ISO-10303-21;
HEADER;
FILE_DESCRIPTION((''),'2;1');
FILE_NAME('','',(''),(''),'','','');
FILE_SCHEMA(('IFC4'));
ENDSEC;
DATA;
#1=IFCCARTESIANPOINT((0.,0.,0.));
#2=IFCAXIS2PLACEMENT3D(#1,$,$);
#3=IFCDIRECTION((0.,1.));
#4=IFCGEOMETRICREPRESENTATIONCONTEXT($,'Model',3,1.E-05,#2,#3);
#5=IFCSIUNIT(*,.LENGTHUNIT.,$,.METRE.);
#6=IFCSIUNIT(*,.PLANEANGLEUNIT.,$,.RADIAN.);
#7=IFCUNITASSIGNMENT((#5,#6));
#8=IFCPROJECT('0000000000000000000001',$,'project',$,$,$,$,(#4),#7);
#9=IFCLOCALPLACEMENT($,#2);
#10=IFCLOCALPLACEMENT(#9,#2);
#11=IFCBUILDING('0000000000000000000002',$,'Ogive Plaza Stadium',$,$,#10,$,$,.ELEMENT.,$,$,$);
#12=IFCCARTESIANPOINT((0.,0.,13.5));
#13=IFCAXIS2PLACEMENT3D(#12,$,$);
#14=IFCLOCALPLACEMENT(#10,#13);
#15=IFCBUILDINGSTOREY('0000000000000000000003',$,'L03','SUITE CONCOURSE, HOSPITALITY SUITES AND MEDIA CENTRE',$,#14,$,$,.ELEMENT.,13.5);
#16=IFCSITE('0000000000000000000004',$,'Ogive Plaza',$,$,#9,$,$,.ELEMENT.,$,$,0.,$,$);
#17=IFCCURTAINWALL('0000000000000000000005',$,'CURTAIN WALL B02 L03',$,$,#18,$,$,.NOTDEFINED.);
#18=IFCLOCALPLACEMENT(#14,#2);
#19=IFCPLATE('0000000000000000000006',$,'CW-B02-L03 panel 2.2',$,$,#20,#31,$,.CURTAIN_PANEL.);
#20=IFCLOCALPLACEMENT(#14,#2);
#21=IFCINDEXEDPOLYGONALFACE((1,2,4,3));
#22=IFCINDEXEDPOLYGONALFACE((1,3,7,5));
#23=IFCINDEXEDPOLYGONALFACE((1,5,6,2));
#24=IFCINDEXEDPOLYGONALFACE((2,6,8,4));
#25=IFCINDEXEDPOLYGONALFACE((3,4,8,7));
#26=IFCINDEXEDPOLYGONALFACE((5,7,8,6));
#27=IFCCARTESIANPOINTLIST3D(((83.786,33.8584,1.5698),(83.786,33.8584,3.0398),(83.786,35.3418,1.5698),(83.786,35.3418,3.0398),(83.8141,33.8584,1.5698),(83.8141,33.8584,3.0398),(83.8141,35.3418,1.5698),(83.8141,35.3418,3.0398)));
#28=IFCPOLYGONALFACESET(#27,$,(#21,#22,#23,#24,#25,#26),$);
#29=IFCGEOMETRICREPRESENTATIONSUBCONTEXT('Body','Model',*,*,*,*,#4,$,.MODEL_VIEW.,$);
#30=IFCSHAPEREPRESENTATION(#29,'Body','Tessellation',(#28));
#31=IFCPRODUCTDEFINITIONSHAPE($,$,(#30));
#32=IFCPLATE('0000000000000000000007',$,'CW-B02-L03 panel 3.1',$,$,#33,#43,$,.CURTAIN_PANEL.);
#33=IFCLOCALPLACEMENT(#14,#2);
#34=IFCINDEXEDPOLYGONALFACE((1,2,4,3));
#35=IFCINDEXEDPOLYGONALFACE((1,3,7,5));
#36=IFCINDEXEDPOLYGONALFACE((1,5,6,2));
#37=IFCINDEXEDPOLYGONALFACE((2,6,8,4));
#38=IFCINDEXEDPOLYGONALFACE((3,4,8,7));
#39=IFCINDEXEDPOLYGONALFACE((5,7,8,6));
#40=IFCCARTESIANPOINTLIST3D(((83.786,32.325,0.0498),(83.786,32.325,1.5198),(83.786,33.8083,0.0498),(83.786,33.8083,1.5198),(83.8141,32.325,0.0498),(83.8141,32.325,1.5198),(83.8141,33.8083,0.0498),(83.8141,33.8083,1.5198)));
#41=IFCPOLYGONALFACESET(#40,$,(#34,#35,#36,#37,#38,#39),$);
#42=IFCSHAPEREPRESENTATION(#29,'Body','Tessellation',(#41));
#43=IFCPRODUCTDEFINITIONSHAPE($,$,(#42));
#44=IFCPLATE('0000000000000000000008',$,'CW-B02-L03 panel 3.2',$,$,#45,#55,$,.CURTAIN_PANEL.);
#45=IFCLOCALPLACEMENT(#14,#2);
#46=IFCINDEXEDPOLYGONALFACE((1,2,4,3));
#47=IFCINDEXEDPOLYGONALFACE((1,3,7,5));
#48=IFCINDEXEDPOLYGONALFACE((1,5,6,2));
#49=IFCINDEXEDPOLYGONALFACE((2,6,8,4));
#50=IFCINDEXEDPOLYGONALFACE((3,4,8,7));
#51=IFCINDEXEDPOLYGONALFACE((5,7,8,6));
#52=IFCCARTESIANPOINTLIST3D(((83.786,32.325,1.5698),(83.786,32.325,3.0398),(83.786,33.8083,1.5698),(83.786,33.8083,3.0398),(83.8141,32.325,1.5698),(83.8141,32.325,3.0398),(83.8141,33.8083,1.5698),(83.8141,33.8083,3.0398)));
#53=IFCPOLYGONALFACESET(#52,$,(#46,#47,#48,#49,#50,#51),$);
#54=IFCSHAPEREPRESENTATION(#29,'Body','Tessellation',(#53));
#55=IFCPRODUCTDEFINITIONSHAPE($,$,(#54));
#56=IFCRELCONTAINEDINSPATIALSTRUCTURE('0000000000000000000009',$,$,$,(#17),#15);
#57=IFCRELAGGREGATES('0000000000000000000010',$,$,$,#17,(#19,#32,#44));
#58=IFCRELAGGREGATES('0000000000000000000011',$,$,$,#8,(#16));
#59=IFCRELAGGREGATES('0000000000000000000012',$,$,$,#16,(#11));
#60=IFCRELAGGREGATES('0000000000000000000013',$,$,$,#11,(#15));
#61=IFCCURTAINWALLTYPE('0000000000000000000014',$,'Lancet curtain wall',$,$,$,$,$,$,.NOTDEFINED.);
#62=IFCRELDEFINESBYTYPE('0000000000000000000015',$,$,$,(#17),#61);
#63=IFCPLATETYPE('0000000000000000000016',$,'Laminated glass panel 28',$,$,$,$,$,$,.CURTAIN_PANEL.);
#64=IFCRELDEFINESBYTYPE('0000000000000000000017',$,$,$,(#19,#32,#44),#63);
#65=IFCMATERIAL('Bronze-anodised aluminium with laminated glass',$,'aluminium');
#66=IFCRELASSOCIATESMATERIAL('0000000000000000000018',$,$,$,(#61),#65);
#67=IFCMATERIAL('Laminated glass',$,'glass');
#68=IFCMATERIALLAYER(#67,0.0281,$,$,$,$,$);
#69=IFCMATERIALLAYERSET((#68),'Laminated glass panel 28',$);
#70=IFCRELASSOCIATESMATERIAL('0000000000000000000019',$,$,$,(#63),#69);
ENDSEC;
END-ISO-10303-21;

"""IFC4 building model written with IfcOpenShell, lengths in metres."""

from ifc_helpers import new_model, si_unit, direction, frame, origin, origin_2d, place, context, subcontext, project, spatial, rectangle, extrude, material, layer, layer_set, type_object, element, aggregate, save


model = new_model("IFC4")

# Units and contexts
model_context = context("Model", 3, precision=1e-05, world=origin(), true_north=direction((0.0, 1.0)))
body_context = subcontext(model_context, "Body", "Model", "MODEL_VIEW")
ifc_project = project(units=[si_unit("LENGTHUNIT", "METRE"), si_unit("PLANEANGLEUNIT", "RADIAN")], contexts=[model_context])

# Site, building, storey
site_placement = place(None, origin())
site = spatial("IfcSite", under=ifc_project, at=site_placement, Name="Ogive Plaza", CompositionType="ELEMENT", RefElevation=0.0)
building_placement = place(site_placement, origin())
building = spatial("IfcBuilding", under=site, at=building_placement, Name="Ogive Plaza Stadium", CompositionType="ELEMENT")
storey_placement = place(building_placement, frame((0.0, 0.0, 13.5)))
storey = spatial("IfcBuildingStorey", under=building, at=storey_placement, Name="L03", Description="SUITE CONCOURSE, HOSPITALITY SUITES AND MEDIA CENTRE", CompositionType="ELEMENT", Elevation=13.5)

# Curtain wall
ifc_material_1 = material(Name="Bronze-anodised aluminium with laminated glass", Category="aluminium")
curtain_wall_type = type_object("IfcCurtainWallType", Name="Lancet curtain wall", PredefinedType="NOTDEFINED", material=ifc_material_1)
curtain_wall_1_placement = place(storey_placement, origin())
curtain_wall_1 = element("IfcCurtainWall", 1, at=curtain_wall_1_placement, inside=storey, type_object=curtain_wall_type, Name="CURTAIN WALL B02 L03", PredefinedType="NOTDEFINED")

# Plates
ifc_material_2 = material(Name="Laminated glass", Category="glass")
ifc_layer = layer(ifc_material_2, 0.0281)
ifc_layer_set = layer_set([ifc_layer], Name="Laminated glass panel 28")
plate_type = type_object("IfcPlateType", Name="Laminated glass panel 28", PredefinedType="CURTAIN_PANEL", material=ifc_layer_set)
plate_1_placement = place(storey_placement, frame((83.8, 34.6001, 1.5698), z_axis=(0.0, 0.0, 1.0), x_axis=(0.0, -1.0, 0.0)))
plate_1 = element("IfcPlate", 2, at=plate_1_placement, type_object=plate_type, Name="CW-B02-L03 panel 2.2", PredefinedType="CURTAIN_PANEL", context=body_context, shape_type="SweptSolid", body=[
    extrude(rectangle(XDim=1.4834, YDim=0.0281, at=origin_2d()), origin(), (0.0, 0.0, 1.0), 1.47),
])
plate_2_placement = place(storey_placement, frame((83.8, 33.0667, 0.0498), z_axis=(0.0, 0.0, 1.0), x_axis=(0.0, -1.0, 0.0)))
plate_2 = element("IfcPlate", 3, at=plate_2_placement, type_object=plate_type, Name="CW-B02-L03 panel 3.1", PredefinedType="CURTAIN_PANEL", context=body_context, shape_type="SweptSolid", body=[
    extrude(rectangle(XDim=1.4834, YDim=0.0281, at=origin_2d()), origin(), (0.0, 0.0, 1.0), 1.47),
])
plate_3_placement = place(storey_placement, frame((83.8, 33.0667, 1.5698), z_axis=(0.0, 0.0, 1.0), x_axis=(0.0, -1.0, 0.0)))
plate_3 = element("IfcPlate", 4, at=plate_3_placement, type_object=plate_type, Name="CW-B02-L03 panel 3.2", PredefinedType="CURTAIN_PANEL", context=body_context, shape_type="SweptSolid", body=[
    extrude(rectangle(XDim=1.4834, YDim=0.0281, at=origin_2d()), origin(), (0.0, 0.0, 1.0), 1.47),
])
aggregate(curtain_wall_1, [plate_1, plate_2, plate_3])

save(model, "model.ifc")
